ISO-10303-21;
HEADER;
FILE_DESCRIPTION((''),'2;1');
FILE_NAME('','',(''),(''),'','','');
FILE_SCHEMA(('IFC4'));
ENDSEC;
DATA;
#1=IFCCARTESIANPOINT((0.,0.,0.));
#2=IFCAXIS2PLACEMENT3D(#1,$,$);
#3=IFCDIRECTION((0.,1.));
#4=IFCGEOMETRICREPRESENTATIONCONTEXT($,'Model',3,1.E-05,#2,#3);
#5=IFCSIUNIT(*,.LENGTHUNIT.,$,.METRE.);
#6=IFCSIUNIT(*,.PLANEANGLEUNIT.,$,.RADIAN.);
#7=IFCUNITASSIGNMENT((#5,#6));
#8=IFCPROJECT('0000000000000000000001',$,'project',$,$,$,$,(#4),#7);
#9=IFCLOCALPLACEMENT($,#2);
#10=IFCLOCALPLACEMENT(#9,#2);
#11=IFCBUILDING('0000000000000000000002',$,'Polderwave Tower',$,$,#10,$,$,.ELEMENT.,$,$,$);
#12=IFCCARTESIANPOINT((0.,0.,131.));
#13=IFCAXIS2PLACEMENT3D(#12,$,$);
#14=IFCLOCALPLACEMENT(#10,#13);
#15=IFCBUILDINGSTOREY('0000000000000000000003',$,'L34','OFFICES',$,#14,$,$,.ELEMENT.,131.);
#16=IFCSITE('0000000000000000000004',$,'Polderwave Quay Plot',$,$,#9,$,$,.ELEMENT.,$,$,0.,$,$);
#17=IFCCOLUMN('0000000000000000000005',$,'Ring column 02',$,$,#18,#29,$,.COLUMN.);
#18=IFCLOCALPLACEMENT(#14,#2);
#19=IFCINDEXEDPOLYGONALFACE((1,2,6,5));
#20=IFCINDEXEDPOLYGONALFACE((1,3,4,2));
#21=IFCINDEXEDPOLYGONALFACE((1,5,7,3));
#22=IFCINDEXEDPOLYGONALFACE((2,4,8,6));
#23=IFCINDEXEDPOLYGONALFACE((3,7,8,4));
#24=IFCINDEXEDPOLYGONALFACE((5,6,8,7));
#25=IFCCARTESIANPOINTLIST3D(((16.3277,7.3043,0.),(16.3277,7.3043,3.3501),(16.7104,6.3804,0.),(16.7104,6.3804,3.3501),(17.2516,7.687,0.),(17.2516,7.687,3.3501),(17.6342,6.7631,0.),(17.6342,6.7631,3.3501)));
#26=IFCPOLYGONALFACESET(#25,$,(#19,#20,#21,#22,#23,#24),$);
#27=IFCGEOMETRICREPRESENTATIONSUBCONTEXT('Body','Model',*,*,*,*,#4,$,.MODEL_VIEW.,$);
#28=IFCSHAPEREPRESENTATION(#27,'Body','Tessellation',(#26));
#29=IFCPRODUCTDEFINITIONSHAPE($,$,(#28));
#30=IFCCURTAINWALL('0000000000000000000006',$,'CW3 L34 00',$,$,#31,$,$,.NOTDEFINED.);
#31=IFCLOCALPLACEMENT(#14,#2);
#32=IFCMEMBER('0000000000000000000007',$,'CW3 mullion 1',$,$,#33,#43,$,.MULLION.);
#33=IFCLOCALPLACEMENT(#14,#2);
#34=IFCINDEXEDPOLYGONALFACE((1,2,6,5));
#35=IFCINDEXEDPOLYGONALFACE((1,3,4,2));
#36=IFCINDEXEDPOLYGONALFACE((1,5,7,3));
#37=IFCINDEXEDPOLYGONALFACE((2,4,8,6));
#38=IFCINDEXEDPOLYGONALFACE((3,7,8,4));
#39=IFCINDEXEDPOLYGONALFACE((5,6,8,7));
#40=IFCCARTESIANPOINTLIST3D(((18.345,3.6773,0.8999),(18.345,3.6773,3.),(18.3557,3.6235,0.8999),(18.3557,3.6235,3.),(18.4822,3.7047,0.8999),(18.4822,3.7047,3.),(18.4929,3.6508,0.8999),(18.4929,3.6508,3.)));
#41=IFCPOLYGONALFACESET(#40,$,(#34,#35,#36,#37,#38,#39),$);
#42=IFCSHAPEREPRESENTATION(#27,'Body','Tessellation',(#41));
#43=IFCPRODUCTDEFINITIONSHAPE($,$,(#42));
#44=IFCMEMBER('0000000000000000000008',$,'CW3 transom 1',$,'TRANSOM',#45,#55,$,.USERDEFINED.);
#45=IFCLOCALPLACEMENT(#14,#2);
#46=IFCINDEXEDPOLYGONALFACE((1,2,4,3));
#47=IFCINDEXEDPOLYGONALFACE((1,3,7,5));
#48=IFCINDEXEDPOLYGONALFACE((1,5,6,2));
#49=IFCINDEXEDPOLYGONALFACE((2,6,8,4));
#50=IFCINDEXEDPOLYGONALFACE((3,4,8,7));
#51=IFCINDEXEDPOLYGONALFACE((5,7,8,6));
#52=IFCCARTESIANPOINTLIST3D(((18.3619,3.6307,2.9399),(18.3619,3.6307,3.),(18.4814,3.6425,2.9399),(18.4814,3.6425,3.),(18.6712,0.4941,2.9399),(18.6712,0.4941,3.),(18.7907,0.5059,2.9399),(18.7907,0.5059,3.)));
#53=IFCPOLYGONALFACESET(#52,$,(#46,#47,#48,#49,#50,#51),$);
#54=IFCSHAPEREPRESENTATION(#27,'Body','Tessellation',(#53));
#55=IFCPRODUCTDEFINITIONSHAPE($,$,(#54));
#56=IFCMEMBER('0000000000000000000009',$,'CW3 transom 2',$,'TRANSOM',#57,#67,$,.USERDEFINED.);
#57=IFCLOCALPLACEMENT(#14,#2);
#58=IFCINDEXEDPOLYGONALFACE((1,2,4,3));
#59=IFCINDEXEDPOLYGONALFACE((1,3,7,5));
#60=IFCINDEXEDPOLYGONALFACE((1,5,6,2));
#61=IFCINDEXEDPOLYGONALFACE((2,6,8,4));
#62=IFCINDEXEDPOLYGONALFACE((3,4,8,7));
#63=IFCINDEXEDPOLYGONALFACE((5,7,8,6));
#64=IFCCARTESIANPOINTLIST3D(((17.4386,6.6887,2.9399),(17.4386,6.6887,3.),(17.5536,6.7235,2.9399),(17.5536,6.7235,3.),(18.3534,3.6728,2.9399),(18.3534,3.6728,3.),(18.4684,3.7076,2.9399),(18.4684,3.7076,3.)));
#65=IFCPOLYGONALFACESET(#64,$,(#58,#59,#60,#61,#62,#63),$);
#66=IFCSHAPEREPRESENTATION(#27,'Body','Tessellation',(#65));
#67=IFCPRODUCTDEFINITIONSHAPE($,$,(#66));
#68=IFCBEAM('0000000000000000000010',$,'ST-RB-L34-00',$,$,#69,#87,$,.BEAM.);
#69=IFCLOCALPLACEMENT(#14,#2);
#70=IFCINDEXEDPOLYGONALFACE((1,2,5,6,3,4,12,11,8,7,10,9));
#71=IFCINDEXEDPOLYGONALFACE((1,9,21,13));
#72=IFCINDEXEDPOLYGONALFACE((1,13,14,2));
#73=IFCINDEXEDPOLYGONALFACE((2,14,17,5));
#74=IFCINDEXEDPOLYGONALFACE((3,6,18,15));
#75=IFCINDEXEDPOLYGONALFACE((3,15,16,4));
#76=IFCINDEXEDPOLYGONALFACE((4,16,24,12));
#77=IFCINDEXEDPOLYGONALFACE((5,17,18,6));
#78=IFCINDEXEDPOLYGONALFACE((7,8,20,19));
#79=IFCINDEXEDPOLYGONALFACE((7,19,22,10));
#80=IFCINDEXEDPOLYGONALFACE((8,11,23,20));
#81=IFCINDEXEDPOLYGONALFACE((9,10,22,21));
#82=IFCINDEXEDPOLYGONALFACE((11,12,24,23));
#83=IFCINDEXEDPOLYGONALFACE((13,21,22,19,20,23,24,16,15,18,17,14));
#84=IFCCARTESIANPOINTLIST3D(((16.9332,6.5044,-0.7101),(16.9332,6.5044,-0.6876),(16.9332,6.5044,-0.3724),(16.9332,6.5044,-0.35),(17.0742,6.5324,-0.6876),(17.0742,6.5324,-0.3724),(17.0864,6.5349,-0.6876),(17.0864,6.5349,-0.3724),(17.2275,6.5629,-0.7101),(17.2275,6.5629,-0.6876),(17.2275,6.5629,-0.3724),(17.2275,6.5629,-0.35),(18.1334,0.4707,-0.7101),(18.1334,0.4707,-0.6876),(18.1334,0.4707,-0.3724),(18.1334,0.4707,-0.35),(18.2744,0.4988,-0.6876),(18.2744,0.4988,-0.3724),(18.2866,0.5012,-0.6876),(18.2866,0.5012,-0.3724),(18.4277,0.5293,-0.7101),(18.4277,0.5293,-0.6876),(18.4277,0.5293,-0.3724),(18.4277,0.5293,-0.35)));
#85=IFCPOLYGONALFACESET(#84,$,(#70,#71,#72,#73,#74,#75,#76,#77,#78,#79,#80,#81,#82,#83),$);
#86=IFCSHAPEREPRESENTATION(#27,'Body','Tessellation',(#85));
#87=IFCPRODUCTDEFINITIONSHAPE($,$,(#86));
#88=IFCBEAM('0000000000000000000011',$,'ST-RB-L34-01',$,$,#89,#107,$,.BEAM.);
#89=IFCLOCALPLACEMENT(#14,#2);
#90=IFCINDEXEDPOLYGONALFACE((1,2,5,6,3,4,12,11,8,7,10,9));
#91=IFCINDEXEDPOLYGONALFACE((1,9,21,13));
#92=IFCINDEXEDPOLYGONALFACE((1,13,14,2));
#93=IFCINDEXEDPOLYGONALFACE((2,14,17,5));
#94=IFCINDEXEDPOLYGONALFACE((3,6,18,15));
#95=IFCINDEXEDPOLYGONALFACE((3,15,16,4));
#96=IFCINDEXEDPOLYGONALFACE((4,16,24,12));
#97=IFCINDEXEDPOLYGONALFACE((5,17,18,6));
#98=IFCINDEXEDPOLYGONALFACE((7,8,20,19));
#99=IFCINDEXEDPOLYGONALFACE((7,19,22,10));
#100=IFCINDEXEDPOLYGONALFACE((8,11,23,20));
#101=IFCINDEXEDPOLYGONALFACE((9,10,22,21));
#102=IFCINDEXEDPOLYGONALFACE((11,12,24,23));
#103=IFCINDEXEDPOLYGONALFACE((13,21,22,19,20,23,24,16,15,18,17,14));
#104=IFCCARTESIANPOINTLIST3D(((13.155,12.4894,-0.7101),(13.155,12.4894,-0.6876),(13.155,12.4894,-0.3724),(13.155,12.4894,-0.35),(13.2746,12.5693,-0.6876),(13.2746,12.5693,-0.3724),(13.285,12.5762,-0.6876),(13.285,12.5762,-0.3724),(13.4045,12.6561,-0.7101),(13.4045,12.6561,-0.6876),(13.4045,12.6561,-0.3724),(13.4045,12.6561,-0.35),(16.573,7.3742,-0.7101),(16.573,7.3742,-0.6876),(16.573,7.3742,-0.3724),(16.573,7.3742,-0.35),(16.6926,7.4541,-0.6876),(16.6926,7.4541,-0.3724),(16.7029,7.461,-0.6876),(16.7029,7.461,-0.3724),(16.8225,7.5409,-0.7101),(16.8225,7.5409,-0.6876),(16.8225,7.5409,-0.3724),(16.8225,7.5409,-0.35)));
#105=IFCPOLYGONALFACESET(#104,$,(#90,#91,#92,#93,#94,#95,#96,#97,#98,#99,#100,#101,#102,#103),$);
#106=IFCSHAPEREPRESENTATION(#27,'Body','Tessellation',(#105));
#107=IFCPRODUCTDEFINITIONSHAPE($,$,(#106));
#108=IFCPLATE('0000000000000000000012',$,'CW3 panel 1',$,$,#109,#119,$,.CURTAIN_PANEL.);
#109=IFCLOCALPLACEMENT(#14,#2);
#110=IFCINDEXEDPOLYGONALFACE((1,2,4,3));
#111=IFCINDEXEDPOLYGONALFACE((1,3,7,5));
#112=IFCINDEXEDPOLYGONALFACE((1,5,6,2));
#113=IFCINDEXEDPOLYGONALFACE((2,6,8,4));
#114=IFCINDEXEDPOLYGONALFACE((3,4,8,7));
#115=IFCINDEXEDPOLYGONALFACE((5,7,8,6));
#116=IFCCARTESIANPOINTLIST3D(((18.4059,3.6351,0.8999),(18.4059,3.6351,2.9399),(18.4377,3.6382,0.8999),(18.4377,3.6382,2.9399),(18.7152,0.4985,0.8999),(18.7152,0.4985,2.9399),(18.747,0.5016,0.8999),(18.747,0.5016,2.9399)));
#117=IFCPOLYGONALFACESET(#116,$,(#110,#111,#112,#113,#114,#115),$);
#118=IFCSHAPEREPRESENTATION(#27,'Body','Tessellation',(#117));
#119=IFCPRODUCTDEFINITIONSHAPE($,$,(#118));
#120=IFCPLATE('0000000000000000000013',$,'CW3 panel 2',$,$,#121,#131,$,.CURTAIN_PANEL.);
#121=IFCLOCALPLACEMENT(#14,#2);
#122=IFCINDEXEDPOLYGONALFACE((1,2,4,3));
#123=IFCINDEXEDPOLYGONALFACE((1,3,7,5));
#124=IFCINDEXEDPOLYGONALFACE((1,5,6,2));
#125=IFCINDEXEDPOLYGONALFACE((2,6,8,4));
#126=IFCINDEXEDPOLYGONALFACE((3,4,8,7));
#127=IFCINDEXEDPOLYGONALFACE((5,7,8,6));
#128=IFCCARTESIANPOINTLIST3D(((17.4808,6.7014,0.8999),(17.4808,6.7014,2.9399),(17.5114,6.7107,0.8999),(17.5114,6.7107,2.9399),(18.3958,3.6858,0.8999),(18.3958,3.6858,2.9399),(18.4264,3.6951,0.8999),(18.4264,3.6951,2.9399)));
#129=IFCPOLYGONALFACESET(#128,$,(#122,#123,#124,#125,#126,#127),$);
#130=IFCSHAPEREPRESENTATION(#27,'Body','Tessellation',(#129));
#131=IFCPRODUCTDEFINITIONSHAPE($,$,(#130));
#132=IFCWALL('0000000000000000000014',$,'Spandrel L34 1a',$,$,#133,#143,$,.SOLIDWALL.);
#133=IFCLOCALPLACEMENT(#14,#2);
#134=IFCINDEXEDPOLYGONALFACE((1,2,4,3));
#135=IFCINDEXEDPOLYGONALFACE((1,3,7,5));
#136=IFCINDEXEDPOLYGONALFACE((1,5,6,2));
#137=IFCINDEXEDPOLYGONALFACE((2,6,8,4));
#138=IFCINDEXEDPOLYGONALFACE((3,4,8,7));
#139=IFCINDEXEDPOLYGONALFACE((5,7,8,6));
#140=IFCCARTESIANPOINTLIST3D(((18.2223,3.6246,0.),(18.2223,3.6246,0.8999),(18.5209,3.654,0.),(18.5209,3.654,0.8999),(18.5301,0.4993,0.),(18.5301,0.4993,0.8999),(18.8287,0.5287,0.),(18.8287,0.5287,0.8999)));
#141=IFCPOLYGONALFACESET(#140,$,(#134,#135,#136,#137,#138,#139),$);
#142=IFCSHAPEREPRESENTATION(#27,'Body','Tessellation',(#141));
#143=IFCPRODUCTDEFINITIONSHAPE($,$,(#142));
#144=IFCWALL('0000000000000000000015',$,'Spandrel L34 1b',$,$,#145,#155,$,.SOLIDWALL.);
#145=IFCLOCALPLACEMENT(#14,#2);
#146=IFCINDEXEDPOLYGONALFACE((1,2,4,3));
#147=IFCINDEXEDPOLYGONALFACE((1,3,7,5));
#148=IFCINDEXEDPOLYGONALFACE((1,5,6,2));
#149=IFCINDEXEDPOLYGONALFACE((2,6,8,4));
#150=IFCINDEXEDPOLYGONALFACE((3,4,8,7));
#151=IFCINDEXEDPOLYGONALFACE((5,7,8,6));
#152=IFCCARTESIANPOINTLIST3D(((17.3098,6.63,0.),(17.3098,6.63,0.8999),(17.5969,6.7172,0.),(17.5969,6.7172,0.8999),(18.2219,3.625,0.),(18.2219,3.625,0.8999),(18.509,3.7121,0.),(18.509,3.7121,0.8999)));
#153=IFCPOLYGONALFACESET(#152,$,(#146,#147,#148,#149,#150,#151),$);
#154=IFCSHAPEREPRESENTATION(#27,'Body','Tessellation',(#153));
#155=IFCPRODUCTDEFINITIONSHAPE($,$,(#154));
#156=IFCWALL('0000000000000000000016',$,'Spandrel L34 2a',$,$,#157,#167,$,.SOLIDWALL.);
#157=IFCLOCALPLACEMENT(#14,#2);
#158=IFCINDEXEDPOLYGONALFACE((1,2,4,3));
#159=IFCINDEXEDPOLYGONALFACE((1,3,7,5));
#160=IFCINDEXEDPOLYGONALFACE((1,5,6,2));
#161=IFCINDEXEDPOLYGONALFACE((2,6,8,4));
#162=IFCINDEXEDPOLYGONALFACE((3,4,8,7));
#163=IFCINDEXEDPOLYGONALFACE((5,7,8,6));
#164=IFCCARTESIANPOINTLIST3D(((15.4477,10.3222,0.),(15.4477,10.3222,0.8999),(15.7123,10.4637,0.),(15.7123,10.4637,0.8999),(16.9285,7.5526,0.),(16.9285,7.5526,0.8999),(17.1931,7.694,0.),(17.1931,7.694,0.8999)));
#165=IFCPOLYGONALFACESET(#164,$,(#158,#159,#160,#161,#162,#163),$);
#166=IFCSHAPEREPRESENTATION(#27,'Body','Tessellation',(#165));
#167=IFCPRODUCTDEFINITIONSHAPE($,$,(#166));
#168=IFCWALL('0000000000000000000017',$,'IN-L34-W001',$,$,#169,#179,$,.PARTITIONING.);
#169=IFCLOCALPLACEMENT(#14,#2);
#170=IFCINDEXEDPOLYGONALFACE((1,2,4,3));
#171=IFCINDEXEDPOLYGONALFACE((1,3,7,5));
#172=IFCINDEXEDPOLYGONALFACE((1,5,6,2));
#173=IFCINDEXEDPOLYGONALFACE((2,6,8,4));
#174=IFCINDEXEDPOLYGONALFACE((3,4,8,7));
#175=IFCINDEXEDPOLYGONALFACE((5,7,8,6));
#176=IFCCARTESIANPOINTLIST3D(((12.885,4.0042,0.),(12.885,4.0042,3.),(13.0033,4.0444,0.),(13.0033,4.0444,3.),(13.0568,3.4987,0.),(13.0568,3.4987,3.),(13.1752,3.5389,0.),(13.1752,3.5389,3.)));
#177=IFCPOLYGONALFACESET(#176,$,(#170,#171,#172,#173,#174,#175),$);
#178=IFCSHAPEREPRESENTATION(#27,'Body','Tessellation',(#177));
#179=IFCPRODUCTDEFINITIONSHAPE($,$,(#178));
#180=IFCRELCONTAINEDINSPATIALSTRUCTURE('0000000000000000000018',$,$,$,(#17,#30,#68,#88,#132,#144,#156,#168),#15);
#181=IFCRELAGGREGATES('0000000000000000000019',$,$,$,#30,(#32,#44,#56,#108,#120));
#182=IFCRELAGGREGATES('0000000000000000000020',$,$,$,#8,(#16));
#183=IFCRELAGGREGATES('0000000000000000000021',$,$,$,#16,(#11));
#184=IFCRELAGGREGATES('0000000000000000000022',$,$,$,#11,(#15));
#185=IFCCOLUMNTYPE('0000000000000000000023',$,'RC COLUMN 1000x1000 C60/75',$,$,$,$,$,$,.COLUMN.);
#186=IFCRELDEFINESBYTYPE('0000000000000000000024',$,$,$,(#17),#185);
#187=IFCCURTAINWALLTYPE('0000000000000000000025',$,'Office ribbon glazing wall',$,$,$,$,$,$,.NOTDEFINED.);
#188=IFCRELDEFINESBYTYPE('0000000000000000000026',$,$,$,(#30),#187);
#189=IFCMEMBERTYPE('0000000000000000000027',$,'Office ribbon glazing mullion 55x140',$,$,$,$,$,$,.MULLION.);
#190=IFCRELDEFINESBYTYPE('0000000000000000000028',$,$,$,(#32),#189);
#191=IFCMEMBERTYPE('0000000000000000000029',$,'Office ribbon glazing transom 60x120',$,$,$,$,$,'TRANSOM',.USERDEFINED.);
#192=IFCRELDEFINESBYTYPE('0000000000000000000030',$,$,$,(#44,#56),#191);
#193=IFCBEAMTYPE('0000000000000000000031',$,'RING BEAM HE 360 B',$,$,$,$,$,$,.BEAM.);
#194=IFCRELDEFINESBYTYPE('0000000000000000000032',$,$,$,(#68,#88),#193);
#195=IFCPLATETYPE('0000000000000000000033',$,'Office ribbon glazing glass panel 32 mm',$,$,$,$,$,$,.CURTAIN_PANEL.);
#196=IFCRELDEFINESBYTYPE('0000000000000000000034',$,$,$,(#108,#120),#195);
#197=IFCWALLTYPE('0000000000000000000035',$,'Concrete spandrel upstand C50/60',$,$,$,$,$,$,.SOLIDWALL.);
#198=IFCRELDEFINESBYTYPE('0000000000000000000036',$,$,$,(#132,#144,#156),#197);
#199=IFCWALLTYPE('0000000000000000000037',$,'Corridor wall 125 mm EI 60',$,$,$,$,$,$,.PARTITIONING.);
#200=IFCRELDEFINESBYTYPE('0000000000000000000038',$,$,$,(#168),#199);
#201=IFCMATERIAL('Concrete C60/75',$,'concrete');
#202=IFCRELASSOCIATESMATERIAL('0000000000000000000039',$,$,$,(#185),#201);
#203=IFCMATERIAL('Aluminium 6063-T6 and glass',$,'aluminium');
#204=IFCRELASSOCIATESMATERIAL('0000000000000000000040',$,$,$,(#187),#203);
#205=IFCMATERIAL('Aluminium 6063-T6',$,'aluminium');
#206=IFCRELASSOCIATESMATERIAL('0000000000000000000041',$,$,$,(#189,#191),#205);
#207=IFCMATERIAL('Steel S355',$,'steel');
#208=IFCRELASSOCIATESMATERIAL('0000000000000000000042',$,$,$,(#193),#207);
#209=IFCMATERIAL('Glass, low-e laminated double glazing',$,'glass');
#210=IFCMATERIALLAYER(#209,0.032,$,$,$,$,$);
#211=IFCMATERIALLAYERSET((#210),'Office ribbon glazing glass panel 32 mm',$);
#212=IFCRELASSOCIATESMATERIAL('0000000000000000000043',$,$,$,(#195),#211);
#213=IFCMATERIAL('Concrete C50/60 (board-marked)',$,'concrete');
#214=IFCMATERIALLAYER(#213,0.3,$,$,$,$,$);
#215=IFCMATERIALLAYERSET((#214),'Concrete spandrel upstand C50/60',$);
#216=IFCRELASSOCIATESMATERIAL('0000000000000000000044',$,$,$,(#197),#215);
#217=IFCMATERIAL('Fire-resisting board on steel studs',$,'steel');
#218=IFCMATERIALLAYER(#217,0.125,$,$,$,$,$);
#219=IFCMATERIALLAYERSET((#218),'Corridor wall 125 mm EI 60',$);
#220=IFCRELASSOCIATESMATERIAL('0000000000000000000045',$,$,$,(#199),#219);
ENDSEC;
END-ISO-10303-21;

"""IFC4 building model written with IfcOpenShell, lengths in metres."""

from ifc_helpers import new_model, si_unit, direction, frame, frame_2d, origin, origin_2d, place, context, subcontext, project, spatial, rectangle, i_section, extrude, material, layer, layer_set, material_profile, profile_set, type_object, element, aggregate, save


model = new_model("IFC4")

# Units and contexts
model_context = context("Model", 3, precision=1e-05, world=origin(), true_north=direction((0.0, 1.0)))
body_context = subcontext(model_context, "Body", "Model", "MODEL_VIEW")
ifc_project = project(units=[si_unit("LENGTHUNIT", "METRE"), si_unit("PLANEANGLEUNIT", "RADIAN")], contexts=[model_context])

# Site, building, storey
site_placement = place(None, origin())
site = spatial("IfcSite", under=ifc_project, at=site_placement, Name="Polderwave Quay Plot", CompositionType="ELEMENT", RefElevation=0.0)
building_placement = place(site_placement, origin())
building = spatial("IfcBuilding", under=site, at=building_placement, Name="Polderwave Tower", CompositionType="ELEMENT")
storey_placement = place(building_placement, frame((0.0, 0.0, 131.0)))
storey = spatial("IfcBuildingStorey", under=building, at=storey_placement, Name="L34", Description="OFFICES", CompositionType="ELEMENT", Elevation=131.0)

# Column
ifc_material_1 = material(Name="Concrete C60/75", Category="concrete")
ifc_material_profile_1 = material_profile(ifc_material_1, rectangle(XDim=1.0, YDim=1.0, at=origin_2d()), Name="RC 1000x1000")
ifc_profile_set_1 = profile_set([ifc_material_profile_1], Name="Concrete C60/75")
column_type = type_object("IfcColumnType", Name="RC COLUMN 1000x1000 C60/75", PredefinedType="COLUMN", material=ifc_profile_set_1)
column_placement = place(storey_placement, frame((16.981, 7.0337, 0.0), z_axis=(0.0, 0.0, 1.0), x_axis=(0.92388, 0.382683, 0.0)))
element("IfcColumn", 1, at=column_placement, inside=storey, type_object=column_type, Name="Ring column 02", PredefinedType="COLUMN", context=body_context, shape_type="SweptSolid", body=[
    extrude(rectangle(XDim=1.0, YDim=1.0, at=origin_2d()), origin(), (0.0, 0.0, 1.0), 3.3501),
])

# Curtain wall, members
ifc_material_2 = material(Name="Aluminium 6063-T6 and glass", Category="aluminium")
curtain_wall_type = type_object("IfcCurtainWallType", Name="Office ribbon glazing wall", PredefinedType="NOTDEFINED", material=ifc_material_2)
curtain_wall_placement = place(storey_placement, origin())
curtain_wall = element("IfcCurtainWall", 2, at=curtain_wall_placement, inside=storey, type_object=curtain_wall_type, Name="CW3 L34 00", PredefinedType="NOTDEFINED")
ifc_material_3 = material(Name="Aluminium 6063-T6", Category="aluminium")
ifc_material_profile_2 = material_profile(ifc_material_3, rectangle(XDim=0.1399, YDim=0.0549, at=origin_2d()), Name="AL 55x140")
ifc_profile_set_2 = profile_set([ifc_material_profile_2], Name="Aluminium 6063-T6")
member_type_1 = type_object("IfcMemberType", Name="Office ribbon glazing mullion 55x140", PredefinedType="MULLION", material=ifc_profile_set_2)
member_1_placement = place(storey_placement, frame((18.4189, 3.6641, 0.8999), z_axis=(0.0, 0.0, 1.0), x_axis=(-0.980768, -0.195179, 0.0)))
member_1 = element("IfcMember", 3, at=member_1_placement, type_object=member_type_1, Name="CW3 mullion 1", PredefinedType="MULLION", context=body_context, shape_type="SweptSolid", body=[
    extrude(rectangle(XDim=0.1399, YDim=0.0549, at=origin_2d()), origin(), (0.0, 0.0, 1.0), 2.1001),
])
ifc_material_profile_3 = material_profile(ifc_material_3, rectangle(XDim=0.1201, YDim=0.0601, at=origin_2d()), Name="AL 60x120")
ifc_profile_set_3 = profile_set([ifc_material_profile_3], Name="Aluminium 6063-T6")
member_type_2 = type_object("IfcMemberType", Name="Office ribbon glazing transom 60x120", ElementType="TRANSOM", PredefinedType="USERDEFINED", material=ifc_profile_set_3)
member_2_placement = place(storey_placement, frame((18.731, 0.5, 2.97), z_axis=(-0.098139, 0.995173, 0.0), x_axis=(-0.995173, -0.098139, 0.0)))
member_2 = element("IfcMember", 4, at=member_2_placement, type_object=member_type_2, Name="CW3 transom 1", ObjectType="TRANSOM", PredefinedType="USERDEFINED", context=body_context, shape_type="SweptSolid", body=[
    extrude(rectangle(XDim=0.1201, YDim=0.0601, at=origin_2d()), origin(), (0.0, 0.0, 1.0), 3.1519),
])
member_3_placement = place(storey_placement, frame((18.4109, 3.6902, 2.97), z_axis=(-0.290268, 0.956946, 0.0), x_axis=(-0.956946, -0.290268, 0.0)))
member_3 = element("IfcMember", 5, at=member_3_placement, type_object=member_type_2, Name="CW3 transom 2", ObjectType="TRANSOM", PredefinedType="USERDEFINED", context=body_context, shape_type="SweptSolid", body=[
    extrude(rectangle(XDim=0.1201, YDim=0.0601, at=origin_2d()), origin(), (0.0, 0.0, 1.0), 3.1516),
])

# Beams
ifc_material_4 = material(Name="Steel S355", Category="steel")
ifc_material_profile_4 = material_profile(ifc_material_4, i_section(OverallWidth=0.3, OverallDepth=0.3601, WebThickness=0.0125, FlangeThickness=0.0225, at=origin_2d()), Name="HE 360 B")
ifc_profile_set_4 = profile_set([ifc_material_profile_4], Name="Steel S355")
beam_type = type_object("IfcBeamType", Name="RING BEAM HE 360 B", PredefinedType="BEAM", material=ifc_profile_set_4)
beam_1_placement = place(storey_placement, frame((18.2805, 0.5, -0.53), z_axis=(-0.195093, 0.980785, 0.0), x_axis=(-0.980785, -0.195093, 0.0)))
element("IfcBeam", 6, at=beam_1_placement, inside=storey, type_object=beam_type, Name="ST-RB-L34-00", PredefinedType="BEAM", context=body_context, shape_type="SweptSolid", body=[
    extrude(i_section(OverallWidth=0.3, OverallDepth=0.3601, WebThickness=0.0125, FlangeThickness=0.0225, at=origin_2d()), origin(), (0.0, 0.0, 1.0), 6.1519),
])
beam_2_placement = place(storey_placement, frame((16.6978, 7.4575, -0.53), z_axis=(-0.555579, 0.831464, 0.0), x_axis=(-0.831464, -0.555579, 0.0)))
element("IfcBeam", 7, at=beam_2_placement, inside=storey, type_object=beam_type, Name="ST-RB-L34-01", PredefinedType="BEAM", context=body_context, shape_type="SweptSolid", body=[
    extrude(i_section(OverallWidth=0.3, OverallDepth=0.3601, WebThickness=0.0125, FlangeThickness=0.0225, at=origin_2d()), origin(), (0.0, 0.0, 1.0), 6.1521),
])

# Plates
ifc_material_5 = material(Name="Glass, low-e laminated double glazing", Category="glass")
ifc_layer_1 = layer(ifc_material_5, 0.032)
ifc_layer_set_1 = layer_set([ifc_layer_1], Name="Office ribbon glazing glass panel 32 mm")
plate_type = type_object("IfcPlateType", Name="Office ribbon glazing glass panel 32 mm", PredefinedType="CURTAIN_PANEL", material=ifc_layer_set_1)
plate_1_placement = place(storey_placement, frame((18.5764, 2.0684, 0.8999), z_axis=(0.0, 0.0, 1.0), x_axis=(-0.098134, 0.995173, 0.0)))
plate_1 = element("IfcPlate", 8, at=plate_1_placement, type_object=plate_type, Name="CW3 panel 1", PredefinedType="CURTAIN_PANEL", context=body_context, shape_type="SweptSolid", body=[
    extrude(rectangle(XDim=3.1519, YDim=0.032, at=origin_2d()), origin(), (0.0, 0.0, 1.0), 2.04),
])
plate_2_placement = place(storey_placement, frame((17.9536, 5.1982, 0.8999), z_axis=(0.0, 0.0, 1.0), x_axis=(-0.290348, 0.956921, 0.0)))
plate_2 = element("IfcPlate", 9, at=plate_2_placement, type_object=plate_type, Name="CW3 panel 2", PredefinedType="CURTAIN_PANEL", context=body_context, shape_type="SweptSolid", body=[
    extrude(rectangle(XDim=3.1514, YDim=0.032, at=origin_2d()), origin(), (0.0, 0.0, 1.0), 2.04),
])
aggregate(curtain_wall, [member_1, member_2, member_3, plate_1, plate_2])

# Walls
ifc_material_6 = material(Name="Concrete C50/60 (board-marked)", Category="concrete")
ifc_layer_2 = layer(ifc_material_6, 0.3)
ifc_layer_set_2 = layer_set([ifc_layer_2], Name="Concrete spandrel upstand C50/60")
wall_type_1 = type_object("IfcWallType", Name="Concrete spandrel upstand C50/60", PredefinedType="SOLIDWALL", material=ifc_layer_set_2)
for number, where, z_axis, x_axis, name in (
    (10, (18.6794, 0.5139, 0.0), (0.0, 0.0, 1.0), (-0.098033, 0.995183, 0.0), "Spandrel L34 1a"),
    (11, (18.3655, 3.6685, 0.0), (0.0, 0.0, 1.0), (-0.290435, 0.956895, 0.0), "Spandrel L34 1b"),
):
    element("IfcWall", number, at=place(storey_placement, frame(where, z_axis=z_axis, x_axis=x_axis)), inside=storey, type_object=wall_type_1, Name=name, PredefinedType="SOLIDWALL", context=body_context, shape_type="SweptSolid", body=[
        extrude(rectangle(XDim=3.1404, YDim=0.3, at=frame_2d((1.5703, 0.0))), origin(), (0.0, 0.0, 1.0), 0.8999),
    ])
wall_1_placement = place(storey_placement, frame((17.0608, 7.6233, 0.0), z_axis=(0.0, 0.0, 1.0), x_axis=(-0.471488, 0.881873, 0.0)))
element("IfcWall", 12, at=wall_1_placement, inside=storey, type_object=wall_type_1, Name="Spandrel L34 2a", PredefinedType="SOLIDWALL", context=body_context, shape_type="SweptSolid", body=[
    extrude(rectangle(XDim=3.1406, YDim=0.3, at=frame_2d((1.5703, 0.0))), origin(), (0.0, 0.0, 1.0), 0.8999),
])
ifc_material_7 = material(Name="Fire-resisting board on steel studs", Category="steel")
ifc_layer_3 = layer(ifc_material_7, 0.125)
ifc_layer_set_3 = layer_set([ifc_layer_3], Name="Corridor wall 125 mm EI 60")
wall_type_2 = type_object("IfcWallType", Name="Corridor wall 125 mm EI 60", PredefinedType="PARTITIONING", material=ifc_layer_set_3)
wall_2_placement = place(storey_placement, frame((12.9441, 4.0244, 0.0), z_axis=(0.0, 0.0, 1.0), x_axis=(0.321845, -0.946792, 0.0)))
element("IfcWall", 13, at=wall_2_placement, inside=storey, type_object=wall_type_2, Name="IN-L34-W001", PredefinedType="PARTITIONING", context=body_context, shape_type="SweptSolid", body=[
    extrude(rectangle(XDim=0.5339, YDim=0.125, at=frame_2d((0.2671, 0.0))), origin(), (0.0, 0.0, 1.0), 3.0),
])

save(model, "model.ifc")
